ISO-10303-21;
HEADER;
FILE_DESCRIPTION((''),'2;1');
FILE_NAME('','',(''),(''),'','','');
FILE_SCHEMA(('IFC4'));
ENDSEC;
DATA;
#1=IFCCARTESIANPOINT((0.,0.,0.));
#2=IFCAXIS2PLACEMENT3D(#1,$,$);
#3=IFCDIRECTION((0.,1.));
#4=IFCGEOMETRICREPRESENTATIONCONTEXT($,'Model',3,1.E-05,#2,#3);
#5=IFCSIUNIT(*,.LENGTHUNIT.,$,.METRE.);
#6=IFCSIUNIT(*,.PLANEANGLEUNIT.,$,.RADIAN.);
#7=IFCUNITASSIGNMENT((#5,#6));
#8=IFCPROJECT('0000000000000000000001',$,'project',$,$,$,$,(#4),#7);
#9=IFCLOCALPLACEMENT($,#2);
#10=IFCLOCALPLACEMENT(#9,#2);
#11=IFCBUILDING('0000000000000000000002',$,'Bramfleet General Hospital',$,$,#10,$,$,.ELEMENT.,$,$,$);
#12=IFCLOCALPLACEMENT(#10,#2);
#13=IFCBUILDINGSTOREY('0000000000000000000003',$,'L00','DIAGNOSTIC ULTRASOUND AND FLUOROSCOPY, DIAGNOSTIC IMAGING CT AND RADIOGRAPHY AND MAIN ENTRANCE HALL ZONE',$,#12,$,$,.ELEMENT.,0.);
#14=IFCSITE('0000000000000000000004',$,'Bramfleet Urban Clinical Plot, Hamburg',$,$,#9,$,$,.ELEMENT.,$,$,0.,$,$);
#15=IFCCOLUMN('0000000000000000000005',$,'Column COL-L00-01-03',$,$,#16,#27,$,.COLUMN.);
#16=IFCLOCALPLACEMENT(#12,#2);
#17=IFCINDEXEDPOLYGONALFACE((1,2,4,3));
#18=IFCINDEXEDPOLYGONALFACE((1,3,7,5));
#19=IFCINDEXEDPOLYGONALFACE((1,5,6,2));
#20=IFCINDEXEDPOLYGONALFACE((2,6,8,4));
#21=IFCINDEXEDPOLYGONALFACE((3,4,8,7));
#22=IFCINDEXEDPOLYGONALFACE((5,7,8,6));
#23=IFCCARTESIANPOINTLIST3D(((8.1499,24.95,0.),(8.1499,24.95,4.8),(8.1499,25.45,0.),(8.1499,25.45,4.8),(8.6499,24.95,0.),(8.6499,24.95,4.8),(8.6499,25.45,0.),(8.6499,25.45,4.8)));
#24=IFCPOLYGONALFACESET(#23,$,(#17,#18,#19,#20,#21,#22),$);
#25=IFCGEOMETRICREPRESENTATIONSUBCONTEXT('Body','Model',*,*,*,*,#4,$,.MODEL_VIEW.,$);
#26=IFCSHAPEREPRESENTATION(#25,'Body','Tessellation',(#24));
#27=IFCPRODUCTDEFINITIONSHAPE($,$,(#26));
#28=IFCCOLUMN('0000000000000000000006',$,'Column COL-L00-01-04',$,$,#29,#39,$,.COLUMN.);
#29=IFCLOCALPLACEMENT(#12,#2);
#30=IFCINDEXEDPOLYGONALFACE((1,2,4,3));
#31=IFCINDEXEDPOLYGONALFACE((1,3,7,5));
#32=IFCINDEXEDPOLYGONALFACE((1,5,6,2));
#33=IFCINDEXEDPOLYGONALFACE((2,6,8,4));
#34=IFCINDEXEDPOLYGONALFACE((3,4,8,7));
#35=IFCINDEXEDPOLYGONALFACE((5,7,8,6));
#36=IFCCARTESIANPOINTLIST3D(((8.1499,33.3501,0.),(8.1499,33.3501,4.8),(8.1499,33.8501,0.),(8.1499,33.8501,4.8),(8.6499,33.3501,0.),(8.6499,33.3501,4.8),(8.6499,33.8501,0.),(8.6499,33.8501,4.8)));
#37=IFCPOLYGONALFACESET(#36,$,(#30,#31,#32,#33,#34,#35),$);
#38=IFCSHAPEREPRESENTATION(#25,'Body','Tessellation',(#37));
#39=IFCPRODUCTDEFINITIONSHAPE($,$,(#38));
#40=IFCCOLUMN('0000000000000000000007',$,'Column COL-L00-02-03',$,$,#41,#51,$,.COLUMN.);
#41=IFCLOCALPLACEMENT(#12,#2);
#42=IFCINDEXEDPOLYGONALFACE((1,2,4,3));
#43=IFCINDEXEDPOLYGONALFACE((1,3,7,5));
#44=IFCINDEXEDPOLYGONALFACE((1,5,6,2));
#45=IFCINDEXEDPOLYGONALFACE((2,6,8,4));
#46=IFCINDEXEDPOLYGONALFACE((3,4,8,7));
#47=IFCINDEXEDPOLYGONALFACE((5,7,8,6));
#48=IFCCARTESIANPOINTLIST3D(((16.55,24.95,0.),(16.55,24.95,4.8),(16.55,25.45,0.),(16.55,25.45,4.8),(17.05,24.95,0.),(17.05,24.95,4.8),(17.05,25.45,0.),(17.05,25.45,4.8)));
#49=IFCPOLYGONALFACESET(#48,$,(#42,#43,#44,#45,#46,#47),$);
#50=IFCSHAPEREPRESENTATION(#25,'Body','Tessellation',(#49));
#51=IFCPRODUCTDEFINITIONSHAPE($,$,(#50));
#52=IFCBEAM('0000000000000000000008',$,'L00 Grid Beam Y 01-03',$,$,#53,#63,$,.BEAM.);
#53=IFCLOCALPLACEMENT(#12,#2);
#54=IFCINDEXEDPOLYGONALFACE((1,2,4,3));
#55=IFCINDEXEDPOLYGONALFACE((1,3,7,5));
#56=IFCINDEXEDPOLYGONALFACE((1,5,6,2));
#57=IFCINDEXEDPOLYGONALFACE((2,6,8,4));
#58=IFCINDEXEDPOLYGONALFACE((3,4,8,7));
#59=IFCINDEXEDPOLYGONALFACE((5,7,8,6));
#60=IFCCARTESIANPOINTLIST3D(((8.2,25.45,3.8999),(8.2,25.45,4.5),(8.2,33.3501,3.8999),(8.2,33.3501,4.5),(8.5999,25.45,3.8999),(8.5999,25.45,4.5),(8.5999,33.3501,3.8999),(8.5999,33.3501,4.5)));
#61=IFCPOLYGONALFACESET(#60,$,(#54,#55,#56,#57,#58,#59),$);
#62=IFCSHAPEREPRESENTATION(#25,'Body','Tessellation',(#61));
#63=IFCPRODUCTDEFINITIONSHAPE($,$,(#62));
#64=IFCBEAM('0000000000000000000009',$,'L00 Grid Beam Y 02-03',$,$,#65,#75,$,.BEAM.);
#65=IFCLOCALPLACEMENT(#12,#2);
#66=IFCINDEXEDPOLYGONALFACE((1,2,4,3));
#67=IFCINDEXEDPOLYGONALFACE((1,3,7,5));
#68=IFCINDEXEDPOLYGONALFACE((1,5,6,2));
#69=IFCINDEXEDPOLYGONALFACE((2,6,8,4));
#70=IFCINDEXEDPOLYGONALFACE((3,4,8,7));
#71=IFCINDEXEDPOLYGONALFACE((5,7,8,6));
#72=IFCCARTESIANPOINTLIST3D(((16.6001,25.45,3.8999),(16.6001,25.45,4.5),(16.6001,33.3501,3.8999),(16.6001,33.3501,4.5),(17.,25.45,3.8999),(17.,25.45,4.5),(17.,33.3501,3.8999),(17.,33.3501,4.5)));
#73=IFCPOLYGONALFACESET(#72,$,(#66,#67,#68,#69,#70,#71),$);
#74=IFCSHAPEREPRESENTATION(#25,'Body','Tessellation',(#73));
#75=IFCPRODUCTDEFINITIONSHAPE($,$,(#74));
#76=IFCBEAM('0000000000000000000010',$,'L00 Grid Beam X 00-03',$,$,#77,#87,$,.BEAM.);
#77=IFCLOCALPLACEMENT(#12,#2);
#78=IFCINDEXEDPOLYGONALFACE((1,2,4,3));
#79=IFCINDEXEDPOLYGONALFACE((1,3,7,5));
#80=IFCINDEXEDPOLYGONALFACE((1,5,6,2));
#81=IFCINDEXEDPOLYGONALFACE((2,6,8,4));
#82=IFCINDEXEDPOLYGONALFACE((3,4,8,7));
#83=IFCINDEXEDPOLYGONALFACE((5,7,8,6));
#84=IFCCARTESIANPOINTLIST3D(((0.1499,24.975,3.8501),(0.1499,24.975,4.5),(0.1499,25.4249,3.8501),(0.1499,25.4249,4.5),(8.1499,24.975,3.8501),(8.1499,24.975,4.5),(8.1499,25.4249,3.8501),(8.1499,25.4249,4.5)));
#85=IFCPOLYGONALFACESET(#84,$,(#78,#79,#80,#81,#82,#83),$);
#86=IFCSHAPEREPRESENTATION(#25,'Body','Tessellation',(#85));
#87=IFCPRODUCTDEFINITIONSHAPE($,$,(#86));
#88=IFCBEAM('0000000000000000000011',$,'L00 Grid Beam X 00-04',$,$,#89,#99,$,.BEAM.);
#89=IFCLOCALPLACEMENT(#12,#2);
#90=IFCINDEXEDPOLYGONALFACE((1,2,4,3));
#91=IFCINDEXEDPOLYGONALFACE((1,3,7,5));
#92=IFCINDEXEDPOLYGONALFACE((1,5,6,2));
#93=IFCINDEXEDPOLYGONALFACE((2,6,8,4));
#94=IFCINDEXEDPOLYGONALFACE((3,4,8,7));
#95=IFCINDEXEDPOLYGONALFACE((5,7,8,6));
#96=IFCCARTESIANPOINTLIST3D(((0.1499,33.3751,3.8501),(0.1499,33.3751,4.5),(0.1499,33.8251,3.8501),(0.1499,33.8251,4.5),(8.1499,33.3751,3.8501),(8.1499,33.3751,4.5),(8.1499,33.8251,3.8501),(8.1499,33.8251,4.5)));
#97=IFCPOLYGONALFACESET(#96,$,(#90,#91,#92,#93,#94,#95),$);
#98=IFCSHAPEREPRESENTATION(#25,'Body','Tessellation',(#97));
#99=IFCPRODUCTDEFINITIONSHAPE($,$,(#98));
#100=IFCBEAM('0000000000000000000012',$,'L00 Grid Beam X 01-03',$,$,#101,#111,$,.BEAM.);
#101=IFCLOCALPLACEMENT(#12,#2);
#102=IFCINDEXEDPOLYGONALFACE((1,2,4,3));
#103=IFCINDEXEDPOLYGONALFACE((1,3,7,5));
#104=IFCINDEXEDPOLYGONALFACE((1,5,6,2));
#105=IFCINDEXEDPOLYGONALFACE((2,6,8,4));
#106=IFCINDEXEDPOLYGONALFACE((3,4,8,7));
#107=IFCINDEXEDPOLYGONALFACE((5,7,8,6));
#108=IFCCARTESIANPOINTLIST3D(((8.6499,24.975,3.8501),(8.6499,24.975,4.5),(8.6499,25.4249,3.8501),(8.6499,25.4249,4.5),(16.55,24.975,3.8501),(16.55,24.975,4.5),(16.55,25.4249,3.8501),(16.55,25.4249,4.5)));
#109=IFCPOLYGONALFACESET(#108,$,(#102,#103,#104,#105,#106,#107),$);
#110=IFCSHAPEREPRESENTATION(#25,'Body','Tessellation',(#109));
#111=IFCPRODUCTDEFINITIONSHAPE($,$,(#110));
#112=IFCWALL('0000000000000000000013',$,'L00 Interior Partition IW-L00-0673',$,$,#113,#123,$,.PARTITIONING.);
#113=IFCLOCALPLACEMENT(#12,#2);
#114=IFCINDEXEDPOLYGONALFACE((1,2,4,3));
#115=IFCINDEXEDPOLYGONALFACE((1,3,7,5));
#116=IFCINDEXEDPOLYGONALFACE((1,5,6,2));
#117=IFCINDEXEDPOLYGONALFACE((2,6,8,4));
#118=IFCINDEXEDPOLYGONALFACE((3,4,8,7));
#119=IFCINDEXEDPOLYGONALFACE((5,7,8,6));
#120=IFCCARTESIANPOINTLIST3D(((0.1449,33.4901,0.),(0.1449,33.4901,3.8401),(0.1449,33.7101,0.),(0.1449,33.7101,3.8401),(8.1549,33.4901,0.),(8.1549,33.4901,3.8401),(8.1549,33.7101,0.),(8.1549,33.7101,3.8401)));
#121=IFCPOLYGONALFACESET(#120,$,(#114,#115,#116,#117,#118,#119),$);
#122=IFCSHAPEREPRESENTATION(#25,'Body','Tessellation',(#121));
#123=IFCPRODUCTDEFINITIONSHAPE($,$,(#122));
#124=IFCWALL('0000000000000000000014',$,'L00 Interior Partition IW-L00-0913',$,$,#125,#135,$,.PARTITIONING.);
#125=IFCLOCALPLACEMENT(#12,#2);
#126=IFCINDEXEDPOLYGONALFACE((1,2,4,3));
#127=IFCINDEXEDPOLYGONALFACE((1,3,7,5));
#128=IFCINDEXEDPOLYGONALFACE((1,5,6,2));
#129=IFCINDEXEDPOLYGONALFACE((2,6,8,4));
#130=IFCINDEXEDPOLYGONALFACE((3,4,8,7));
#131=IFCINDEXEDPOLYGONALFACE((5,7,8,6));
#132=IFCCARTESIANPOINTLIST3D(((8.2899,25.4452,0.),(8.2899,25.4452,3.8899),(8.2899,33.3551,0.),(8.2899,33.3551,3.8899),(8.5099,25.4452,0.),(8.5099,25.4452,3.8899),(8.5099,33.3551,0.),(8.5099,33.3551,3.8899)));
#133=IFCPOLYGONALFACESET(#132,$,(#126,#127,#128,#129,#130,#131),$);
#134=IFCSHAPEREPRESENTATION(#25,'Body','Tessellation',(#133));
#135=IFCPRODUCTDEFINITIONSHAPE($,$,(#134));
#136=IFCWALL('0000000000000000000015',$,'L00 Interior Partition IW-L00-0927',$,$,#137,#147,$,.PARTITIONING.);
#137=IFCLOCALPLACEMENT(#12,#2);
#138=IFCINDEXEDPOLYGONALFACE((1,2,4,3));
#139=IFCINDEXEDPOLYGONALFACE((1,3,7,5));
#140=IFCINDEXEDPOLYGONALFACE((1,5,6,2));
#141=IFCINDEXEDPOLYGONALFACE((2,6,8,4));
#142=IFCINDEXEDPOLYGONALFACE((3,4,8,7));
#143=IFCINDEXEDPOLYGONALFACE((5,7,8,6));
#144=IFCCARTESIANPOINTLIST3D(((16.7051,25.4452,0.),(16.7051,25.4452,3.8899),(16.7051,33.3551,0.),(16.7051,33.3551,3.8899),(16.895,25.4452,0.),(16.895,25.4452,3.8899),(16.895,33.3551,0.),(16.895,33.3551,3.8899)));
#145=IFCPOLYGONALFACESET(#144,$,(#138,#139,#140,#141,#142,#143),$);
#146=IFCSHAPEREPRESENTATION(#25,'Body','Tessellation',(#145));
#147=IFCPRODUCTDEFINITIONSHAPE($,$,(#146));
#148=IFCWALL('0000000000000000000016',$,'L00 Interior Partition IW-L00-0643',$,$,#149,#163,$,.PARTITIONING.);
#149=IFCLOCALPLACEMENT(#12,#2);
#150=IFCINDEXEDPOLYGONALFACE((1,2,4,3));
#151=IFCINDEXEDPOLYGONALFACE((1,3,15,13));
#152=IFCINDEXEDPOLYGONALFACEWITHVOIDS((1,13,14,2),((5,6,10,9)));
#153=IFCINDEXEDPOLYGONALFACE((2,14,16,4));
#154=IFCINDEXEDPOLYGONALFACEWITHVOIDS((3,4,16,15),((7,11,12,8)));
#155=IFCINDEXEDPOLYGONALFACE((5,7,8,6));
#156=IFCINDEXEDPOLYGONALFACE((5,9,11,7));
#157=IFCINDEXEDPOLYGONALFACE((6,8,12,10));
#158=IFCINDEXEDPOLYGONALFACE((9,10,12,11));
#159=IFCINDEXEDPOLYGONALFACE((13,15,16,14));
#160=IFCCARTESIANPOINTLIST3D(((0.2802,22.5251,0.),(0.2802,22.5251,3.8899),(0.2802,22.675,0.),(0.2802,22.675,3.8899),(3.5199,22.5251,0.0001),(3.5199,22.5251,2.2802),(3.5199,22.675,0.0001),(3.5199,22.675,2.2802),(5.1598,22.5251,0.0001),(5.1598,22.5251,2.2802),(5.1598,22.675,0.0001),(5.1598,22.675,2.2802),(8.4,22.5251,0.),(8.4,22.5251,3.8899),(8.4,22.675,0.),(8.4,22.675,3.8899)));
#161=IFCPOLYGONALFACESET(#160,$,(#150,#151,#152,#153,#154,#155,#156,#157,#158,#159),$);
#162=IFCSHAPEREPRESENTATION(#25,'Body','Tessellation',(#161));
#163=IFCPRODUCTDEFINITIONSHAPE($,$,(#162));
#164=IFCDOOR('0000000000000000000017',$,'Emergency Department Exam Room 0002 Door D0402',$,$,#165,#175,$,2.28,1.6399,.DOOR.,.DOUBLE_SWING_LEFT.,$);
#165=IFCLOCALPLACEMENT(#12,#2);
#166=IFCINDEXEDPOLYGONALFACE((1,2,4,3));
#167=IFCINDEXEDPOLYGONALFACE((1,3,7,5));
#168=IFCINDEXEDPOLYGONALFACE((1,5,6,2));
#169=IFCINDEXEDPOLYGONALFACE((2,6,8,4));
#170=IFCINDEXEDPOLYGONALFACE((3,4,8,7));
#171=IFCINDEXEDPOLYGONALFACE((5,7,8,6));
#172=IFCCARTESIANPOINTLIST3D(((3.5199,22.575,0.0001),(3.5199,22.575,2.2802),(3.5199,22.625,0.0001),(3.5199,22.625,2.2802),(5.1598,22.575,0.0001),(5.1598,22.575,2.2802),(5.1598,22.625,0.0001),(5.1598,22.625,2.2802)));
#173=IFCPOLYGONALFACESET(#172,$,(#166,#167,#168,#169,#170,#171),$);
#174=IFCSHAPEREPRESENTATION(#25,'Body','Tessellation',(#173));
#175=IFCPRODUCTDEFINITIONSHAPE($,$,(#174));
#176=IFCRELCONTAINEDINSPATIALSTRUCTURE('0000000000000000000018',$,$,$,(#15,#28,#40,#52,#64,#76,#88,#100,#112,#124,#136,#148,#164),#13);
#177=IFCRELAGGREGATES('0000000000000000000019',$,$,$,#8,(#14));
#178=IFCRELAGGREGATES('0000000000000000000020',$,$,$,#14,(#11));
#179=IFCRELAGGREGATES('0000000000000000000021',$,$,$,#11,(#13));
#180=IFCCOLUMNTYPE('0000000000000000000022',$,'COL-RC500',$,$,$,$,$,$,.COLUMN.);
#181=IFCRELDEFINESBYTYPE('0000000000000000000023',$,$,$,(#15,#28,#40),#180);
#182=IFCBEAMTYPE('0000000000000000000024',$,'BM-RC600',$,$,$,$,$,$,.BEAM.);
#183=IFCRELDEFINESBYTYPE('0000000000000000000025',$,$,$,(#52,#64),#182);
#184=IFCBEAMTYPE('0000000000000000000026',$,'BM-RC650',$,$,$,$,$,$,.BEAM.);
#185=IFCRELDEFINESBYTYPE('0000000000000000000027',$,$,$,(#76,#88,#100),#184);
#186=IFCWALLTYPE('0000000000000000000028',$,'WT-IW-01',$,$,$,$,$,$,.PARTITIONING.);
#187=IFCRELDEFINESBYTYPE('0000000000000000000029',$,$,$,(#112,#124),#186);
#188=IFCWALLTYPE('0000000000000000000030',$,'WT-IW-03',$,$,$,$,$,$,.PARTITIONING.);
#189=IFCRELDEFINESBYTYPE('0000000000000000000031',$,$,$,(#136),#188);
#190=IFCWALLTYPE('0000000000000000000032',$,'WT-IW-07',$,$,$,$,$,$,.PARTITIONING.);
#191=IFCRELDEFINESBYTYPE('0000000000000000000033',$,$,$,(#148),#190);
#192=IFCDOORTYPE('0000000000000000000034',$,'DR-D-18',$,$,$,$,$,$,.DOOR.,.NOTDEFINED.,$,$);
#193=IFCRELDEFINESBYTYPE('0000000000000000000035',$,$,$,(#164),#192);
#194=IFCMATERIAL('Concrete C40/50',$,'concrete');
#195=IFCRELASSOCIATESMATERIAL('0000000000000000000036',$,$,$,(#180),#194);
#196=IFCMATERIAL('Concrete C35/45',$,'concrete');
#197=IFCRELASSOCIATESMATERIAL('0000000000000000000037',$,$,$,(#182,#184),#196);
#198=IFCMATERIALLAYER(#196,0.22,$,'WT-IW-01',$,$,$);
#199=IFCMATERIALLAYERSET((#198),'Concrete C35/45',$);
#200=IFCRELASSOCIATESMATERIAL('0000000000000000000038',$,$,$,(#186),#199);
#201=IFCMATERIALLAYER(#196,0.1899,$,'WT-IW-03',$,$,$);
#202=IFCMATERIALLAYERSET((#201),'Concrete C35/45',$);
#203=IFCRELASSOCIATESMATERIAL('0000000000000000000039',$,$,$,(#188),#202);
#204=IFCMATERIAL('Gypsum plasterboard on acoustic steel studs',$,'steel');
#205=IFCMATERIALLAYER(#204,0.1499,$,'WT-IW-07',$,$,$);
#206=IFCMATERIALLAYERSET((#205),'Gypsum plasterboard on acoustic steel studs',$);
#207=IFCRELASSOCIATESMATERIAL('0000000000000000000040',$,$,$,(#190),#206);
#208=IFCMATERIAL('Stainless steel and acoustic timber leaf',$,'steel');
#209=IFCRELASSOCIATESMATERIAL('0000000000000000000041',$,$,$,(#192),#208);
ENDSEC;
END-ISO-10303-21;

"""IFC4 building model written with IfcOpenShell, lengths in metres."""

from ifc_helpers import new_model, si_unit, direction, frame, frame_2d, origin, origin_2d, place, context, subcontext, project, spatial, rectangle, extrude, material, layer, layer_set, material_profile, profile_set, type_object, element, fill, save


model = new_model("IFC4")

# Units and contexts
model_context = context("Model", 3, precision=1e-05, world=origin(), true_north=direction((0.0, 1.0)))
body_context = subcontext(model_context, "Body", "Model", "MODEL_VIEW")
ifc_project = project(units=[si_unit("LENGTHUNIT", "METRE"), si_unit("PLANEANGLEUNIT", "RADIAN")], contexts=[model_context])

# Site, building, storey
site_placement = place(None, origin())
site = spatial("IfcSite", under=ifc_project, at=site_placement, Name="Bramfleet Urban Clinical Plot, Hamburg", CompositionType="ELEMENT", RefElevation=0.0)
building_placement = place(site_placement, origin())
building = spatial("IfcBuilding", under=site, at=building_placement, Name="Bramfleet General Hospital", CompositionType="ELEMENT")
storey_placement = place(building_placement, origin())
storey = spatial("IfcBuildingStorey", under=building, at=storey_placement, Name="L00", Description="DIAGNOSTIC ULTRASOUND AND FLUOROSCOPY, DIAGNOSTIC IMAGING CT AND RADIOGRAPHY AND MAIN ENTRANCE HALL ZONE", CompositionType="ELEMENT", Elevation=0.0)

# Columns
ifc_material_1 = material(Name="Concrete C40/50", Category="concrete")
ifc_material_profile_1 = material_profile(ifc_material_1, rectangle(XDim=0.5, YDim=0.5, at=origin_2d()), Name="RC COL 500x500")
ifc_profile_set_1 = profile_set([ifc_material_profile_1], Name="Concrete C40/50")
column_type = type_object("IfcColumnType", Name="COL-RC500", PredefinedType="COLUMN", material=ifc_profile_set_1)
for number, where, z_axis, x_axis, name in (
    (1, (8.3999, 25.2, 0.0), (0.0, 0.0, 1.0), (1.0, 0.0, 0.0), "Column COL-L00-01-03"),
    (2, (8.3999, 33.6001, 0.0), (0.0, 0.0, 1.0), (1.0, 0.0, 0.0), "Column COL-L00-01-04"),
    (3, (16.8, 25.2, 0.0), (0.0, 0.0, 1.0), (1.0, 0.0, 0.0), "Column COL-L00-02-03"),
):
    element("IfcColumn", number, at=place(storey_placement, frame(where, z_axis=z_axis, x_axis=x_axis)), inside=storey, type_object=column_type, Name=name, PredefinedType="COLUMN", context=body_context, shape_type="SweptSolid", body=[
        extrude(rectangle(XDim=0.5, YDim=0.5, at=origin_2d()), origin(), (0.0, 0.0, 1.0), 4.8),
    ])

# Beams
ifc_material_2 = material(Name="Concrete C35/45", Category="concrete")
ifc_material_profile_2 = material_profile(ifc_material_2, rectangle(XDim=0.3999, YDim=0.6001, at=origin_2d()), Name="RC BM 600x400")
ifc_profile_set_2 = profile_set([ifc_material_profile_2], Name="Concrete C35/45")
beam_type_1 = type_object("IfcBeamType", Name="BM-RC600", PredefinedType="BEAM", material=ifc_profile_set_2)
for number, where, z_axis, x_axis, name in (
    (4, (8.3999, 25.45, 4.2), (0.0, 1.0, 0.0), (-1.0, 0.0, 0.0), "L00 Grid Beam Y 01-03"),
    (5, (16.8, 25.45, 4.2), (0.0, 1.0, 0.0), (-1.0, 0.0, 0.0), "L00 Grid Beam Y 02-03"),
):
    element("IfcBeam", number, at=place(storey_placement, frame(where, z_axis=z_axis, x_axis=x_axis)), inside=storey, type_object=beam_type_1, Name=name, PredefinedType="BEAM", context=body_context, shape_type="SweptSolid", body=[
        extrude(rectangle(XDim=0.3999, YDim=0.6001, at=origin_2d()), origin(), (0.0, 0.0, 1.0), 7.9001),
    ])
ifc_material_profile_3 = material_profile(ifc_material_2, rectangle(XDim=0.45, YDim=0.6499, at=origin_2d()), Name="RC BM 650x450")
ifc_profile_set_3 = profile_set([ifc_material_profile_3], Name="Concrete C35/45")
beam_type_2 = type_object("IfcBeamType", Name="BM-RC650", PredefinedType="BEAM", material=ifc_profile_set_3)
for number, where, z_axis, x_axis, name in (
    (6, (0.1499, 25.2, 4.175), (1.0, 0.0, 0.0), (0.0, 1.0, 0.0), "L00 Grid Beam X 00-03"),
    (7, (0.1499, 33.6001, 4.175), (1.0, 0.0, 0.0), (0.0, 1.0, 0.0), "L00 Grid Beam X 00-04"),
):
    element("IfcBeam", number, at=place(storey_placement, frame(where, z_axis=z_axis, x_axis=x_axis)), inside=storey, type_object=beam_type_2, Name=name, PredefinedType="BEAM", context=body_context, shape_type="SweptSolid", body=[
        extrude(rectangle(XDim=0.45, YDim=0.6499, at=origin_2d()), origin(), (0.0, 0.0, 1.0), 8.0),
    ])
beam_placement = place(storey_placement, frame((8.6499, 25.2, 4.175), z_axis=(1.0, 0.0, 0.0), x_axis=(0.0, 1.0, 0.0)))
element("IfcBeam", 8, at=beam_placement, inside=storey, type_object=beam_type_2, Name="L00 Grid Beam X 01-03", PredefinedType="BEAM", context=body_context, shape_type="SweptSolid", body=[
    extrude(rectangle(XDim=0.45, YDim=0.6499, at=origin_2d()), origin(), (0.0, 0.0, 1.0), 7.9001),
])

# Shared definitions
ifc_layer_1 = layer(ifc_material_2, 0.22, Name="WT-IW-01")
ifc_layer_set_1 = layer_set([ifc_layer_1], Name="Concrete C35/45")
wall_type_1 = type_object("IfcWallType", Name="WT-IW-01", PredefinedType="PARTITIONING", material=ifc_layer_set_1)
ifc_material_3 = material(Name="Stainless steel and acoustic timber leaf", Category="steel")

# Walls
wall_1_placement = place(storey_placement, frame((0.145, 33.6001, 0.0), z_axis=(0.0, 0.0, 1.0), x_axis=(1.0, 0.0, 0.0)))
element("IfcWall", 9, at=wall_1_placement, inside=storey, type_object=wall_type_1, Name="L00 Interior Partition IW-L00-0673", PredefinedType="PARTITIONING", context=body_context, shape_type="SweptSolid", body=[
    extrude(rectangle(XDim=8.01, YDim=0.22, at=frame_2d((4.0049, 0.0))), origin(), (0.0, 0.0, 1.0), 3.8401),
])
wall_2_placement = place(storey_placement, frame((8.3999, 25.4451, 0.0), z_axis=(0.0, 0.0, 1.0), x_axis=(0.0, 1.0, 0.0)))
element("IfcWall", 10, at=wall_2_placement, inside=storey, type_object=wall_type_1, Name="L00 Interior Partition IW-L00-0913", PredefinedType="PARTITIONING", context=body_context, shape_type="SweptSolid", body=[
    extrude(rectangle(XDim=7.9099, YDim=0.22, at=frame_2d((3.9551, 0.0))), origin(), (0.0, 0.0, 1.0), 3.8899),
])
ifc_layer_2 = layer(ifc_material_2, 0.1899, Name="WT-IW-03")
ifc_layer_set_2 = layer_set([ifc_layer_2], Name="Concrete C35/45")
wall_type_2 = type_object("IfcWallType", Name="WT-IW-03", PredefinedType="PARTITIONING", material=ifc_layer_set_2)
wall_3_placement = place(storey_placement, frame((16.8, 25.4451, 0.0), z_axis=(0.0, 0.0, 1.0), x_axis=(0.0, 1.0, 0.0)))
element("IfcWall", 11, at=wall_3_placement, inside=storey, type_object=wall_type_2, Name="L00 Interior Partition IW-L00-0927", PredefinedType="PARTITIONING", context=body_context, shape_type="SweptSolid", body=[
    extrude(rectangle(XDim=7.9099, YDim=0.1899, at=frame_2d((3.9551, 0.0))), origin(), (0.0, 0.0, 1.0), 3.8899),
])

# Wall, opening, door
ifc_material_4 = material(Name="Gypsum plasterboard on acoustic steel studs", Category="steel")
ifc_layer_3 = layer(ifc_material_4, 0.1499, Name="WT-IW-07")
ifc_layer_set_3 = layer_set([ifc_layer_3], Name="Gypsum plasterboard on acoustic steel studs")
wall_type_3 = type_object("IfcWallType", Name="WT-IW-07", PredefinedType="PARTITIONING", material=ifc_layer_set_3)
wall_4_placement = place(storey_placement, frame((0.28, 22.6001, 0.0), z_axis=(0.0, 0.0, 1.0), x_axis=(1.0, 0.0, 0.0)))
wall_4 = element("IfcWall", 12, at=wall_4_placement, inside=storey, type_object=wall_type_3, Name="L00 Interior Partition IW-L00-0643", PredefinedType="PARTITIONING", context=body_context, shape_type="SweptSolid", body=[
    extrude(rectangle(XDim=8.1199, YDim=0.1499, at=frame_2d((4.0601, 0.0))), origin(), (0.0, 0.0, 1.0), 3.8899),
])
opening_1_placement = place(wall_4_placement, frame((3.24, 0.0, 0.0)))
opening_1 = element("IfcOpeningElement", 13, at=opening_1_placement, cuts=wall_4, PredefinedType="OPENING", context=body_context, shape_type="SweptSolid", body=[
    extrude(rectangle(XDim=1.6399, YDim=2.28, at=frame_2d((0.8198, 1.1401))), frame((0.0, 0.085, 0.0), z_axis=(0.0, -1.0, 0.0), x_axis=(1.0, 0.0, 0.0)), (0.0, 0.0, 1.0), 0.1699),
])
door_type_1 = type_object("IfcDoorType", Name="DR-D-18", OperationType="NOTDEFINED", PredefinedType="DOOR", material=ifc_material_3)
door_1_placement = place(opening_1_placement, origin())
door_1 = element("IfcDoor", 14, at=door_1_placement, inside=storey, type_object=door_type_1, Name="Emergency Department Exam Room 0002 Door D0402", OperationType="DOUBLE_SWING_LEFT", OverallHeight=2.28, OverallWidth=1.6399, PredefinedType="DOOR", context=body_context, shape_type="SweptSolid", body=[
    extrude(rectangle(XDim=1.6399, YDim=2.28, at=frame_2d((0.8198, 1.1401))), frame((0.0, 0.0249, 0.0), z_axis=(0.0, -1.0, 0.0), x_axis=(1.0, 0.0, 0.0)), (0.0, 0.0, 1.0), 0.05),
])
fill(opening_1, door_1)

save(model, "model.ifc")
